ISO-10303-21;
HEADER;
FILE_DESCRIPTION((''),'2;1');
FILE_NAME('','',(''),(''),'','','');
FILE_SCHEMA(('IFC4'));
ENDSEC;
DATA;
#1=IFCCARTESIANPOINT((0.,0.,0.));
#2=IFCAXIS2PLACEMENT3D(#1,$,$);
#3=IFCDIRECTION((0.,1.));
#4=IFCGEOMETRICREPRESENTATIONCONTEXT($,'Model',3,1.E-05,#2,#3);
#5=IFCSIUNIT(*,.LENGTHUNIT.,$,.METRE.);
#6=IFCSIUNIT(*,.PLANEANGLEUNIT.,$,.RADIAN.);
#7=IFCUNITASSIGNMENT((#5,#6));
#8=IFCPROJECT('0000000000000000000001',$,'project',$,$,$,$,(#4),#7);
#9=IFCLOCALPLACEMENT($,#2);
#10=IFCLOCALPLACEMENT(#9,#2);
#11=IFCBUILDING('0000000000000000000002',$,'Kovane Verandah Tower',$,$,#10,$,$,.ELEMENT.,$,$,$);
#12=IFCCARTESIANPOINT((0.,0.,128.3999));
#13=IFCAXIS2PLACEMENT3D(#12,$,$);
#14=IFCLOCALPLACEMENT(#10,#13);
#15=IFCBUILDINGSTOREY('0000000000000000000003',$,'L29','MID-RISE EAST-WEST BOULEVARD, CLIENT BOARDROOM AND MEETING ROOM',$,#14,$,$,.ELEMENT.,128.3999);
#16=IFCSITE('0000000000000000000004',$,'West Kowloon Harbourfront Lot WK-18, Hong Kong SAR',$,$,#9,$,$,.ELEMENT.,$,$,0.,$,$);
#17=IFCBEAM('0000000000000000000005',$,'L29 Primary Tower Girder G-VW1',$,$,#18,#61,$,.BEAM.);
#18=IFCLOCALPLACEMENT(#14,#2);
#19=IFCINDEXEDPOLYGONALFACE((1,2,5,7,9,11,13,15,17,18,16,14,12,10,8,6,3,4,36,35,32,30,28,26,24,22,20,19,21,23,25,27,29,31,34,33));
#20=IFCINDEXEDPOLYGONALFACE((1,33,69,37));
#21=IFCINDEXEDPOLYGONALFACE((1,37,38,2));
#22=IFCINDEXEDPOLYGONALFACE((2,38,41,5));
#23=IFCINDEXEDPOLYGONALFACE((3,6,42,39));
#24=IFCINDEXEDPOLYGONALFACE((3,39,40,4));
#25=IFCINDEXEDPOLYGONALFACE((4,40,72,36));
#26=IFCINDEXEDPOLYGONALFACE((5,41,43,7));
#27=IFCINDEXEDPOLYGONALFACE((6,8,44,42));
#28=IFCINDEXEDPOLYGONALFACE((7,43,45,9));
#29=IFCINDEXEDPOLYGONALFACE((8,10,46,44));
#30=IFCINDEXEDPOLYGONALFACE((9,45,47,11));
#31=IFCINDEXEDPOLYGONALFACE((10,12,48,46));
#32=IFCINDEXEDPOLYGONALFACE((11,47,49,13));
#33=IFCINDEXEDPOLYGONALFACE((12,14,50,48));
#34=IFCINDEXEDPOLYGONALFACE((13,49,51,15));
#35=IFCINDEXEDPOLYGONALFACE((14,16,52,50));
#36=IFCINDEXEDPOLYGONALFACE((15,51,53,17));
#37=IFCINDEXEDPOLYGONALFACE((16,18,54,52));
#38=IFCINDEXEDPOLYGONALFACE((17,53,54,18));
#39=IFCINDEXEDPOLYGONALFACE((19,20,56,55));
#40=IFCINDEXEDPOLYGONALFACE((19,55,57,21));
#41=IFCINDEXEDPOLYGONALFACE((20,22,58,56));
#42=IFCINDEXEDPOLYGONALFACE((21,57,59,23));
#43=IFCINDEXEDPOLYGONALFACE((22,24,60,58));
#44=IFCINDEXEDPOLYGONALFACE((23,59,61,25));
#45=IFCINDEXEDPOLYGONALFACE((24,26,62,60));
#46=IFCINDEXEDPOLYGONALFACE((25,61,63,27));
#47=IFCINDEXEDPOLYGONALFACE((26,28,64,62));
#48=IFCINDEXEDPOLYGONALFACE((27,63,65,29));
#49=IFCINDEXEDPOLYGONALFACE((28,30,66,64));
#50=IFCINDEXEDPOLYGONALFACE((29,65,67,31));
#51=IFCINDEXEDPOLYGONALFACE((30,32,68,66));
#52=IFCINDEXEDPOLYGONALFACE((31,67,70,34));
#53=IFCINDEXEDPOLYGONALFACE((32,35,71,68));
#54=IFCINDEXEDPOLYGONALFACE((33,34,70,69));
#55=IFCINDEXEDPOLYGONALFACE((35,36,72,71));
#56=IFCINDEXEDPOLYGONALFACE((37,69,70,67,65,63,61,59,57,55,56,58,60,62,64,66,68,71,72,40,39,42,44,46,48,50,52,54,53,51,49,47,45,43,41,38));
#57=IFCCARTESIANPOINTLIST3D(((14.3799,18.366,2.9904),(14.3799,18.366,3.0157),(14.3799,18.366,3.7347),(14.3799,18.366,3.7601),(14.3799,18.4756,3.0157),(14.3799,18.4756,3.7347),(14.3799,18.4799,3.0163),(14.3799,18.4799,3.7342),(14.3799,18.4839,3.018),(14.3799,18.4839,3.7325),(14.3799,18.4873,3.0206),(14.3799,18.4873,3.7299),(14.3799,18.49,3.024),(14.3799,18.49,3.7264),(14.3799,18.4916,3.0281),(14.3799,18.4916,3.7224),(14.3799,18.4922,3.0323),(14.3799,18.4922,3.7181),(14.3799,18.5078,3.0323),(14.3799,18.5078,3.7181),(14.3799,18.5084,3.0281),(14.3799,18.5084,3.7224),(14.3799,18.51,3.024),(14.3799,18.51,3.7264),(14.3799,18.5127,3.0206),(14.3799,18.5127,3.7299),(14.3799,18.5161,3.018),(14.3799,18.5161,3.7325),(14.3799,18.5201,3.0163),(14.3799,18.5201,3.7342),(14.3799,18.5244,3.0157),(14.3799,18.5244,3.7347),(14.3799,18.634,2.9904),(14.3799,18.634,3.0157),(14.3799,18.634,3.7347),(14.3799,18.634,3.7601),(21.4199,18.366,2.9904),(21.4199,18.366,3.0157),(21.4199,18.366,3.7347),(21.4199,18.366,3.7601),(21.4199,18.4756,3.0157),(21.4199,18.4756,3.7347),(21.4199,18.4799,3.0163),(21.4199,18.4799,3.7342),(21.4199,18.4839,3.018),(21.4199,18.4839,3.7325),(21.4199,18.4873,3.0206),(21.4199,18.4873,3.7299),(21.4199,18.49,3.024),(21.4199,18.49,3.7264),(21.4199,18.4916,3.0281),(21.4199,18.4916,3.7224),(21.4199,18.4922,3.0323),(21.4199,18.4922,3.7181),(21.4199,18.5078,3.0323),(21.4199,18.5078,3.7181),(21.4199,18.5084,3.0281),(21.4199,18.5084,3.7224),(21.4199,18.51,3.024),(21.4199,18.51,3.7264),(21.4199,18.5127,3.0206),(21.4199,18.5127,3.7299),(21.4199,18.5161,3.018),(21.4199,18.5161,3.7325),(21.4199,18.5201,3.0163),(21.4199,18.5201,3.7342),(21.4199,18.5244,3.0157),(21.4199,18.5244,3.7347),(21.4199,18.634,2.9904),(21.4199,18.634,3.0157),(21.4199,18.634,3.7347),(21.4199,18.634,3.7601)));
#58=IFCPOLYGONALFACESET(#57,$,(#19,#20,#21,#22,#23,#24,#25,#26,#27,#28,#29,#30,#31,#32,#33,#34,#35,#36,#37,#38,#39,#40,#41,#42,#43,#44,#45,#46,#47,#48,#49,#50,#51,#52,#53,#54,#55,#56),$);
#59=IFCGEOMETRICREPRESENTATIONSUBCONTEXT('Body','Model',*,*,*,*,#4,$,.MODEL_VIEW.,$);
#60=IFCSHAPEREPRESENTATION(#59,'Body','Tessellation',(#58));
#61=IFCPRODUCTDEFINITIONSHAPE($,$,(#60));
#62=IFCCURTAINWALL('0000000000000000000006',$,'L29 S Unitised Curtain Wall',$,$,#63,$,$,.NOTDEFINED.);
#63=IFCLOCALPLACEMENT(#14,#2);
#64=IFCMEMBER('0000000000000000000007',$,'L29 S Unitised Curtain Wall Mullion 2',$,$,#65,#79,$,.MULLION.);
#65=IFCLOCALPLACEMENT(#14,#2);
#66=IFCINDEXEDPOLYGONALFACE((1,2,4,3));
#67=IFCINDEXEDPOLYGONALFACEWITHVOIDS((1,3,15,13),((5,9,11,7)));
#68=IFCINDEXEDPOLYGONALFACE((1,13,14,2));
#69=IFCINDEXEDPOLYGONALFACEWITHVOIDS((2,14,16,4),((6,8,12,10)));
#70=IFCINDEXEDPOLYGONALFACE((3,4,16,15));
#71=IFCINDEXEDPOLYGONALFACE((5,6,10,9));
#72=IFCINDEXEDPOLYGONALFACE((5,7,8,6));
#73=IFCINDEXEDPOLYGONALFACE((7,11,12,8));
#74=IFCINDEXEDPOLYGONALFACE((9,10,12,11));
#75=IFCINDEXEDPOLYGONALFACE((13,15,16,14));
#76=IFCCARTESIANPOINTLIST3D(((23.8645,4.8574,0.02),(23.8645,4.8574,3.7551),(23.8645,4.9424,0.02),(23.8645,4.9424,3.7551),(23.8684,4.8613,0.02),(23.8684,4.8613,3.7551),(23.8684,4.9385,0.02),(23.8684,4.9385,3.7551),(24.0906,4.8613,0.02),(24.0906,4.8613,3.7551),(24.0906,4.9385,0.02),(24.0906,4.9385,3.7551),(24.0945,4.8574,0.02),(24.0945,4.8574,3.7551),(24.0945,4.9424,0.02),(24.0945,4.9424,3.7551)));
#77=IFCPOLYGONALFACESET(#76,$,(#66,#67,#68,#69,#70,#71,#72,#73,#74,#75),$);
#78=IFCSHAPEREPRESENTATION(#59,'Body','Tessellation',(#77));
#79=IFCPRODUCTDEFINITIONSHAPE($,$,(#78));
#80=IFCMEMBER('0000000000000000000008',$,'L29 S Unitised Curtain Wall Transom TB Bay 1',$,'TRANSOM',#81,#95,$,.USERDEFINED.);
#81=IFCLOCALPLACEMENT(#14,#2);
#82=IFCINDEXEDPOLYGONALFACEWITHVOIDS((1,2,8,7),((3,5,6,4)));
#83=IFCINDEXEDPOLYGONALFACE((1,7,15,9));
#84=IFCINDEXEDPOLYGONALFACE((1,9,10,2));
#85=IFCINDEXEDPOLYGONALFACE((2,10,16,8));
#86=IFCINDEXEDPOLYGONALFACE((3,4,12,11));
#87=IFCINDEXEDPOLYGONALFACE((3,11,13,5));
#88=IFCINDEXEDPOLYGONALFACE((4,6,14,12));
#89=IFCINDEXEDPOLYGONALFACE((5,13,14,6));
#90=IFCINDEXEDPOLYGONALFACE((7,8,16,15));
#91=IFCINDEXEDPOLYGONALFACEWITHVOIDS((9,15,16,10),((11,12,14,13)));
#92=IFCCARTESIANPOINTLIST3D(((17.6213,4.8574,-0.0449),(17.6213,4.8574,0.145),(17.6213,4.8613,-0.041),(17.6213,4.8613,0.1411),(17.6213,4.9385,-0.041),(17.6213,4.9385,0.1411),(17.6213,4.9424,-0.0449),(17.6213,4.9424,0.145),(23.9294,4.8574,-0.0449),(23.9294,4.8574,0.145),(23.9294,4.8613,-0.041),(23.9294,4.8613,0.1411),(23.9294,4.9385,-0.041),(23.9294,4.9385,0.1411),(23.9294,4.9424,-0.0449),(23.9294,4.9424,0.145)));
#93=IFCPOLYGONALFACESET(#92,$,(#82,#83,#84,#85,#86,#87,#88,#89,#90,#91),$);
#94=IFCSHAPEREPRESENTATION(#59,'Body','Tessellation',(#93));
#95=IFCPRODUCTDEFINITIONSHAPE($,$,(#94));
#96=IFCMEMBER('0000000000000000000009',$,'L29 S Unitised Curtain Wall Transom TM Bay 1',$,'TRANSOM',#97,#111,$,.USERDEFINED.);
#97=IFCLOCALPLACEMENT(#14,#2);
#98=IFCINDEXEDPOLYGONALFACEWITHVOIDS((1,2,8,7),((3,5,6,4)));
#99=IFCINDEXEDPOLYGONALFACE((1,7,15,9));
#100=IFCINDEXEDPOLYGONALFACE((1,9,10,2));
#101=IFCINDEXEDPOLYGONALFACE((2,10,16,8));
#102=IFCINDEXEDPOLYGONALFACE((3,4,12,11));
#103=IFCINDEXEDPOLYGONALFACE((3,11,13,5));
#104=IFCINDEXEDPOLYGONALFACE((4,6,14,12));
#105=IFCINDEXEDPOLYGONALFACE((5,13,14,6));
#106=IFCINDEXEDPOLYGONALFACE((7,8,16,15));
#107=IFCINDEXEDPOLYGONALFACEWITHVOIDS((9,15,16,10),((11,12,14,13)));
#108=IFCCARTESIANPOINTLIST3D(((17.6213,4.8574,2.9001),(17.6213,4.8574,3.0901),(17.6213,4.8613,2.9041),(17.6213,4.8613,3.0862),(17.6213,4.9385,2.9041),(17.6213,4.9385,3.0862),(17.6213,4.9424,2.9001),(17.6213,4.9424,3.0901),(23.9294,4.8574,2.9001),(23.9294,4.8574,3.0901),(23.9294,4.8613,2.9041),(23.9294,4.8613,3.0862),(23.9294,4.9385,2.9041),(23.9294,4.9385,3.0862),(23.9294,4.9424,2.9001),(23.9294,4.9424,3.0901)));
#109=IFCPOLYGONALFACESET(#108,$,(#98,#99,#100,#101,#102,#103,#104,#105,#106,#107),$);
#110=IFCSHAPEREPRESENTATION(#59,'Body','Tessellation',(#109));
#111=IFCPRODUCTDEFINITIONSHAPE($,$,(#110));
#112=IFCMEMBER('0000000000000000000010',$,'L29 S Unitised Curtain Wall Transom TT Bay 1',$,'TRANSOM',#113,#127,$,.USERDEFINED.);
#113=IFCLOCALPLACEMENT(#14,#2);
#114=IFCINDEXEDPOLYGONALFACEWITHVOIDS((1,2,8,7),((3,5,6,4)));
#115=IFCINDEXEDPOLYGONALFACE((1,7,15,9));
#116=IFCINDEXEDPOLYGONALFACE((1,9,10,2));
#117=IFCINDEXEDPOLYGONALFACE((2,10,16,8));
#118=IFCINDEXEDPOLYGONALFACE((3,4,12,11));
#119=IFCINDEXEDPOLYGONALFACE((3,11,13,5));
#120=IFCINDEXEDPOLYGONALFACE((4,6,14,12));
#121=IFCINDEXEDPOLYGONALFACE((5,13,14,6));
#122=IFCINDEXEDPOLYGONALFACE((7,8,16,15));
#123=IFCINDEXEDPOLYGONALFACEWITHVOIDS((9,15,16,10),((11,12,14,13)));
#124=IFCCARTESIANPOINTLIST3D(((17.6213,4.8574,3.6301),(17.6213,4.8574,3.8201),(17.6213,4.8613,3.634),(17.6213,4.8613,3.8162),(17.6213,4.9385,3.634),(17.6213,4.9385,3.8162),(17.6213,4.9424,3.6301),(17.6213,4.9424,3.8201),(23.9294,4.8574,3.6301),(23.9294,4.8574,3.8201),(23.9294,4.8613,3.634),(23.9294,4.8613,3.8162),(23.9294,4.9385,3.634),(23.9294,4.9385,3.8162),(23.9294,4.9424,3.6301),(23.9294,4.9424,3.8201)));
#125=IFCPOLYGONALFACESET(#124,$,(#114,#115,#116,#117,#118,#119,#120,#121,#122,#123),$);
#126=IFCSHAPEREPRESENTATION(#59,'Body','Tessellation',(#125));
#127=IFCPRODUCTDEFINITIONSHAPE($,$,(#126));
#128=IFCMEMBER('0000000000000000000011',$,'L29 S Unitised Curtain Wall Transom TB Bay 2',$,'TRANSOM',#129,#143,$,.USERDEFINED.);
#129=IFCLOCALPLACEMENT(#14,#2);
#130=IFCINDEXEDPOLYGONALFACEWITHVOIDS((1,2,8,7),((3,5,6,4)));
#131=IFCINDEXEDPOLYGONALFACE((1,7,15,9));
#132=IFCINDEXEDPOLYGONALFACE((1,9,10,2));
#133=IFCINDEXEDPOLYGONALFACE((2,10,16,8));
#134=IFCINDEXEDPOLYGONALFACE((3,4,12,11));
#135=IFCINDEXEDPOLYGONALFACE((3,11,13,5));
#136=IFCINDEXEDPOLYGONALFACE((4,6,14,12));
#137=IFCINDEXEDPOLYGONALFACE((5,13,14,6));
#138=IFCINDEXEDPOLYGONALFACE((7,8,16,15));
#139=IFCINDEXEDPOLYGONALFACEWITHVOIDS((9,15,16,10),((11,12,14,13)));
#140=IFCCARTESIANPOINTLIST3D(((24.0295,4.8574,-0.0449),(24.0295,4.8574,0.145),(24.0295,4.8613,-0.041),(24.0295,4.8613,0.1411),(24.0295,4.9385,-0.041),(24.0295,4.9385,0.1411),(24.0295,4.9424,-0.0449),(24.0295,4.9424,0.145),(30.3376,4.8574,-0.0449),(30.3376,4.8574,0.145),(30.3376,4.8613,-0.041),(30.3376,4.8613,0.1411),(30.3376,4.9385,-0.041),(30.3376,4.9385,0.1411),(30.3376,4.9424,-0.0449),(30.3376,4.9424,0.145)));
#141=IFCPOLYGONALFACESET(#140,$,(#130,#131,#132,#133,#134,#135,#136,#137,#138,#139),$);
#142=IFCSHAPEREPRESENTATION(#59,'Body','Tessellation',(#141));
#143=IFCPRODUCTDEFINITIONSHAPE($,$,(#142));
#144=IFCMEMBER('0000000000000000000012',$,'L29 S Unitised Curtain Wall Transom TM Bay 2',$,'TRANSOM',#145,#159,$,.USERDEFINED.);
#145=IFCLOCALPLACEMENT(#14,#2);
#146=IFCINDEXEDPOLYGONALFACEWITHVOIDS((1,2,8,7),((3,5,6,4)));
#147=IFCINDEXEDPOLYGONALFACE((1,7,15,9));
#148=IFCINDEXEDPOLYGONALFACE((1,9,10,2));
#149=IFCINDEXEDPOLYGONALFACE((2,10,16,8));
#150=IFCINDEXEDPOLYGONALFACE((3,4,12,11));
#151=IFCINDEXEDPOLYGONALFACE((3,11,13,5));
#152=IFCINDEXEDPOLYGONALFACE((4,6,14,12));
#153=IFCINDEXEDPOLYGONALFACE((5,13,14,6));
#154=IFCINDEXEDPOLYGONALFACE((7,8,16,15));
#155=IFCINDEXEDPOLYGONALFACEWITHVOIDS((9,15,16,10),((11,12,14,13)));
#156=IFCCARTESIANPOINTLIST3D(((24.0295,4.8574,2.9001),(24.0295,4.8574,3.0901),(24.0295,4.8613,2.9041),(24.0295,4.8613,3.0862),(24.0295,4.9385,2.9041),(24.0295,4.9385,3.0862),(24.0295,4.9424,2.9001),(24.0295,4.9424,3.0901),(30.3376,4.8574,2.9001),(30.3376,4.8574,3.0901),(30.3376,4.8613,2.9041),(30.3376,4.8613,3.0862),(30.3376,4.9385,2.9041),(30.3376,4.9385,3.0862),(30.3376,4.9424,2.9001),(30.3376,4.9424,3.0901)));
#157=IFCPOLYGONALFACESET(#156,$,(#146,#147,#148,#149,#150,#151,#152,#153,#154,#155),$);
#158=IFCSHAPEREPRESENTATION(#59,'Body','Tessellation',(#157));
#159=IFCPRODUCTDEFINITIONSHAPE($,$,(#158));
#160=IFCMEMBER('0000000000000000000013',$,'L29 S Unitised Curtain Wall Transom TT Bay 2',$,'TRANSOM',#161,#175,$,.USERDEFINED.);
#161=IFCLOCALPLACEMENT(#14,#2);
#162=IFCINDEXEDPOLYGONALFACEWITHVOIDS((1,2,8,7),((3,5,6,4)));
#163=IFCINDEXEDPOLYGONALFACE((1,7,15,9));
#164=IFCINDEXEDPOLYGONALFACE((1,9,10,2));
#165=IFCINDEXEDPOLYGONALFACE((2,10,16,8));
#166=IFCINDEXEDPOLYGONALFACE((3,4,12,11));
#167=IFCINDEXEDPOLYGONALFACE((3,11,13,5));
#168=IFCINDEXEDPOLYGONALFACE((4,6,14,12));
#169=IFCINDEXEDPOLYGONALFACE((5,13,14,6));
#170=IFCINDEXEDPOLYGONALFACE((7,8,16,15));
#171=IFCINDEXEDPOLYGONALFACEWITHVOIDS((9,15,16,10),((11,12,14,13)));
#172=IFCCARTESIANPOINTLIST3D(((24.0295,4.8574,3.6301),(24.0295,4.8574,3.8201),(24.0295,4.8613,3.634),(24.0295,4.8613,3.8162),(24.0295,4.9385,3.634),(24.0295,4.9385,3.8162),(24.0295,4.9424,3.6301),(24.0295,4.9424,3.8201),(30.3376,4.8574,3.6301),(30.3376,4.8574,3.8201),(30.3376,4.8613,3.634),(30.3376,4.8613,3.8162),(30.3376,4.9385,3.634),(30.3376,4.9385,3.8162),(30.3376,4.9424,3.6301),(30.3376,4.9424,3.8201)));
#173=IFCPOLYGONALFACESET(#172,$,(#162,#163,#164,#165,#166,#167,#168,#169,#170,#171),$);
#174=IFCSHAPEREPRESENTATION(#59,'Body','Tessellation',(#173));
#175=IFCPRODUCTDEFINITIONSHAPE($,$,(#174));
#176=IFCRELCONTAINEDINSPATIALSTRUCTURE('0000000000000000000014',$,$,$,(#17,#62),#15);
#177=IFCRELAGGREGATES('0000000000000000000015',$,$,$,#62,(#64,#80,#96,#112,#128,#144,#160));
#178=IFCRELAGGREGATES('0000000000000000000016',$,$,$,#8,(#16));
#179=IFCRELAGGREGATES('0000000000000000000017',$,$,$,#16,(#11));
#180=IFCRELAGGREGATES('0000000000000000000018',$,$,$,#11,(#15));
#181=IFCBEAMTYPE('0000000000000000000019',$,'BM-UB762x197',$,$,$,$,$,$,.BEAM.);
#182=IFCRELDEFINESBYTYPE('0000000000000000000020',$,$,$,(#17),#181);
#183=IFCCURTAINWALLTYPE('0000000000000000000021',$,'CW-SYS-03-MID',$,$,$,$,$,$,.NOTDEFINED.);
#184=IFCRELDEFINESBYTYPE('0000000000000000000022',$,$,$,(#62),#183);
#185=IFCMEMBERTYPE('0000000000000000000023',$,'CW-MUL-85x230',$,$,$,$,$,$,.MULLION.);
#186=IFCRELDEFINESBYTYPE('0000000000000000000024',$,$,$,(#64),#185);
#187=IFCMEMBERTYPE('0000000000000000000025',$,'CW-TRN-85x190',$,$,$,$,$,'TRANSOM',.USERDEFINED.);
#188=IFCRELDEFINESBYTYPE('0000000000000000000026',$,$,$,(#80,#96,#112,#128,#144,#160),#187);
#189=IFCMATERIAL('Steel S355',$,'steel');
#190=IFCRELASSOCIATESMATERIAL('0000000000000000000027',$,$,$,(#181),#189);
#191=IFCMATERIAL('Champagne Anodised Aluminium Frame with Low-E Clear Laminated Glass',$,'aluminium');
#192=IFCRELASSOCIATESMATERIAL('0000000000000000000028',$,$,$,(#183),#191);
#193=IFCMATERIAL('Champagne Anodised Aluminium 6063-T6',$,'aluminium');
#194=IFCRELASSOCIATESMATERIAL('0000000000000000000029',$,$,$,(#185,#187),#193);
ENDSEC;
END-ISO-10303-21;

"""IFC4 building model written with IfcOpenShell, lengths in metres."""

from ifc_helpers import new_model, si_unit, direction, frame, origin, origin_2d, place, context, subcontext, project, spatial, hollow_rectangle, i_section, extrude, material, material_profile, profile_set, type_object, element, aggregate, save


model = new_model("IFC4")

# Units and contexts
model_context = context("Model", 3, precision=1e-05, world=origin(), true_north=direction((0.0, 1.0)))
body_context = subcontext(model_context, "Body", "Model", "MODEL_VIEW")
ifc_project = project(units=[si_unit("LENGTHUNIT", "METRE"), si_unit("PLANEANGLEUNIT", "RADIAN")], contexts=[model_context])

# Site, building, storey
site_placement = place(None, origin())
site = spatial("IfcSite", under=ifc_project, at=site_placement, Name="West Kowloon Harbourfront Lot WK-18, Hong Kong SAR", CompositionType="ELEMENT", RefElevation=0.0)
building_placement = place(site_placement, origin())
building = spatial("IfcBuilding", under=site, at=building_placement, Name="Kovane Verandah Tower", CompositionType="ELEMENT")
storey_placement = place(building_placement, frame((0.0, 0.0, 128.3999)))
storey = spatial("IfcBuildingStorey", under=building, at=storey_placement, Name="L29", Description="MID-RISE EAST-WEST BOULEVARD, CLIENT BOARDROOM AND MEETING ROOM", CompositionType="ELEMENT", Elevation=128.3999)

# Beam
ifc_material_1 = material(Name="Steel S355", Category="steel")
ifc_material_profile_1 = material_profile(ifc_material_1, i_section(OverallWidth=0.2681, OverallDepth=0.7698, WebThickness=0.0156, FlangeThickness=0.0254, FilletRadius=0.0166, at=origin_2d()), Name="UB762x267x197")
ifc_profile_set_1 = profile_set([ifc_material_profile_1], Name="Steel S355")
beam_type_1 = type_object("IfcBeamType", Name="BM-UB762x197", PredefinedType="BEAM", material=ifc_profile_set_1)
beam_1_placement = place(storey_placement, frame((21.4199, 18.5, 3.3752), z_axis=(-1.0, 0.0, 0.0), x_axis=(0.0, -1.0, 0.0)))
element("IfcBeam", 1, at=beam_1_placement, inside=storey, type_object=beam_type_1, Name="L29 Primary Tower Girder G-VW1", PredefinedType="BEAM", context=body_context, shape_type="SweptSolid", body=[
    extrude(i_section(OverallWidth=0.2681, OverallDepth=0.7698, WebThickness=0.0156, FlangeThickness=0.0254, FilletRadius=0.0166, at=origin_2d()), origin(), (0.0, 0.0, 1.0), 7.04),
])

# Curtain wall, members
ifc_material_2 = material(Name="Champagne Anodised Aluminium Frame with Low-E Clear Laminated Glass", Category="aluminium")
curtain_wall_type = type_object("IfcCurtainWallType", Name="CW-SYS-03-MID", PredefinedType="NOTDEFINED", material=ifc_material_2)
curtain_wall_placement = place(storey_placement, origin())
curtain_wall = element("IfcCurtainWall", 2, at=curtain_wall_placement, inside=storey, type_object=curtain_wall_type, Name="L29 S Unitised Curtain Wall", PredefinedType="NOTDEFINED")
ifc_material_3 = material(Name="Champagne Anodised Aluminium 6063-T6", Category="aluminium")
ifc_material_profile_2 = material_profile(ifc_material_3, hollow_rectangle(XDim=0.085, YDim=0.23, WallThickness=0.0039, at=origin_2d()), Name="AL85x230x4")
ifc_profile_set_2 = profile_set([ifc_material_profile_2], Name="Champagne Anodised Aluminium 6063-T6")
member_type_1 = type_object("IfcMemberType", Name="CW-MUL-85x230", PredefinedType="MULLION", material=ifc_profile_set_2)
member_1_placement = place(storey_placement, frame((23.9795, 4.8999, 0.02), z_axis=(0.0, 0.0, 1.0), x_axis=(0.0, -1.0, 0.0)))
member_1 = element("IfcMember", 3, at=member_1_placement, type_object=member_type_1, Name="L29 S Unitised Curtain Wall Mullion 2", PredefinedType="MULLION", context=body_context, shape_type="SweptSolid", body=[
    extrude(hollow_rectangle(XDim=0.085, YDim=0.23, WallThickness=0.0039, at=origin_2d()), origin(), (0.0, 0.0, 1.0), 3.7351),
])
ifc_material_profile_3 = material_profile(ifc_material_3, hollow_rectangle(XDim=0.085, YDim=0.1899, WallThickness=0.0039, at=origin_2d()), Name="AL85x190x4")
ifc_profile_set_3 = profile_set([ifc_material_profile_3], Name="Champagne Anodised Aluminium 6063-T6")
member_type_2 = type_object("IfcMemberType", Name="CW-TRN-85x190", ElementType="TRANSOM", PredefinedType="USERDEFINED", material=ifc_profile_set_3)
member_2_placement = place(storey_placement, frame((17.6213, 4.8999, 0.05), z_axis=(1.0, 0.0, 0.0), x_axis=(0.0, 1.0, 0.0)))
member_2 = element("IfcMember", 4, at=member_2_placement, type_object=member_type_2, Name="L29 S Unitised Curtain Wall Transom TB Bay 1", ObjectType="TRANSOM", PredefinedType="USERDEFINED", context=body_context, shape_type="SweptSolid", body=[
    extrude(hollow_rectangle(XDim=0.085, YDim=0.1899, WallThickness=0.0039, at=origin_2d()), origin(), (0.0, 0.0, 1.0), 6.3081),
])
member_3_placement = place(storey_placement, frame((17.6213, 4.8999, 2.9951), z_axis=(1.0, 0.0, 0.0), x_axis=(0.0, 1.0, 0.0)))
member_3 = element("IfcMember", 5, at=member_3_placement, type_object=member_type_2, Name="L29 S Unitised Curtain Wall Transom TM Bay 1", ObjectType="TRANSOM", PredefinedType="USERDEFINED", context=body_context, shape_type="SweptSolid", body=[
    extrude(hollow_rectangle(XDim=0.085, YDim=0.1899, WallThickness=0.0039, at=origin_2d()), origin(), (0.0, 0.0, 1.0), 6.3081),
])
member_4_placement = place(storey_placement, frame((17.6213, 4.8999, 3.7251), z_axis=(1.0, 0.0, 0.0), x_axis=(0.0, 1.0, 0.0)))
member_4 = element("IfcMember", 6, at=member_4_placement, type_object=member_type_2, Name="L29 S Unitised Curtain Wall Transom TT Bay 1", ObjectType="TRANSOM", PredefinedType="USERDEFINED", context=body_context, shape_type="SweptSolid", body=[
    extrude(hollow_rectangle(XDim=0.085, YDim=0.1899, WallThickness=0.0039, at=origin_2d()), origin(), (0.0, 0.0, 1.0), 6.3081),
])
member_5_placement = place(storey_placement, frame((24.0295, 4.8999, 0.05), z_axis=(1.0, 0.0, 0.0), x_axis=(0.0, 1.0, 0.0)))
member_5 = element("IfcMember", 7, at=member_5_placement, type_object=member_type_2, Name="L29 S Unitised Curtain Wall Transom TB Bay 2", ObjectType="TRANSOM", PredefinedType="USERDEFINED", context=body_context, shape_type="SweptSolid", body=[
    extrude(hollow_rectangle(XDim=0.085, YDim=0.1899, WallThickness=0.0039, at=origin_2d()), origin(), (0.0, 0.0, 1.0), 6.3081),
])
member_6_placement = place(storey_placement, frame((24.0295, 4.8999, 2.9951), z_axis=(1.0, 0.0, 0.0), x_axis=(0.0, 1.0, 0.0)))
member_6 = element("IfcMember", 8, at=member_6_placement, type_object=member_type_2, Name="L29 S Unitised Curtain Wall Transom TM Bay 2", ObjectType="TRANSOM", PredefinedType="USERDEFINED", context=body_context, shape_type="SweptSolid", body=[
    extrude(hollow_rectangle(XDim=0.085, YDim=0.1899, WallThickness=0.0039, at=origin_2d()), origin(), (0.0, 0.0, 1.0), 6.3081),
])
member_7_placement = place(storey_placement, frame((24.0295, 4.8999, 3.7251), z_axis=(1.0, 0.0, 0.0), x_axis=(0.0, 1.0, 0.0)))
member_7 = element("IfcMember", 9, at=member_7_placement, type_object=member_type_2, Name="L29 S Unitised Curtain Wall Transom TT Bay 2", ObjectType="TRANSOM", PredefinedType="USERDEFINED", context=body_context, shape_type="SweptSolid", body=[
    extrude(hollow_rectangle(XDim=0.085, YDim=0.1899, WallThickness=0.0039, at=origin_2d()), origin(), (0.0, 0.0, 1.0), 6.3081),
])

aggregate(curtain_wall, [member_1, member_2, member_3, member_4, member_5, member_6, member_7])

save(model, "model.ifc")
